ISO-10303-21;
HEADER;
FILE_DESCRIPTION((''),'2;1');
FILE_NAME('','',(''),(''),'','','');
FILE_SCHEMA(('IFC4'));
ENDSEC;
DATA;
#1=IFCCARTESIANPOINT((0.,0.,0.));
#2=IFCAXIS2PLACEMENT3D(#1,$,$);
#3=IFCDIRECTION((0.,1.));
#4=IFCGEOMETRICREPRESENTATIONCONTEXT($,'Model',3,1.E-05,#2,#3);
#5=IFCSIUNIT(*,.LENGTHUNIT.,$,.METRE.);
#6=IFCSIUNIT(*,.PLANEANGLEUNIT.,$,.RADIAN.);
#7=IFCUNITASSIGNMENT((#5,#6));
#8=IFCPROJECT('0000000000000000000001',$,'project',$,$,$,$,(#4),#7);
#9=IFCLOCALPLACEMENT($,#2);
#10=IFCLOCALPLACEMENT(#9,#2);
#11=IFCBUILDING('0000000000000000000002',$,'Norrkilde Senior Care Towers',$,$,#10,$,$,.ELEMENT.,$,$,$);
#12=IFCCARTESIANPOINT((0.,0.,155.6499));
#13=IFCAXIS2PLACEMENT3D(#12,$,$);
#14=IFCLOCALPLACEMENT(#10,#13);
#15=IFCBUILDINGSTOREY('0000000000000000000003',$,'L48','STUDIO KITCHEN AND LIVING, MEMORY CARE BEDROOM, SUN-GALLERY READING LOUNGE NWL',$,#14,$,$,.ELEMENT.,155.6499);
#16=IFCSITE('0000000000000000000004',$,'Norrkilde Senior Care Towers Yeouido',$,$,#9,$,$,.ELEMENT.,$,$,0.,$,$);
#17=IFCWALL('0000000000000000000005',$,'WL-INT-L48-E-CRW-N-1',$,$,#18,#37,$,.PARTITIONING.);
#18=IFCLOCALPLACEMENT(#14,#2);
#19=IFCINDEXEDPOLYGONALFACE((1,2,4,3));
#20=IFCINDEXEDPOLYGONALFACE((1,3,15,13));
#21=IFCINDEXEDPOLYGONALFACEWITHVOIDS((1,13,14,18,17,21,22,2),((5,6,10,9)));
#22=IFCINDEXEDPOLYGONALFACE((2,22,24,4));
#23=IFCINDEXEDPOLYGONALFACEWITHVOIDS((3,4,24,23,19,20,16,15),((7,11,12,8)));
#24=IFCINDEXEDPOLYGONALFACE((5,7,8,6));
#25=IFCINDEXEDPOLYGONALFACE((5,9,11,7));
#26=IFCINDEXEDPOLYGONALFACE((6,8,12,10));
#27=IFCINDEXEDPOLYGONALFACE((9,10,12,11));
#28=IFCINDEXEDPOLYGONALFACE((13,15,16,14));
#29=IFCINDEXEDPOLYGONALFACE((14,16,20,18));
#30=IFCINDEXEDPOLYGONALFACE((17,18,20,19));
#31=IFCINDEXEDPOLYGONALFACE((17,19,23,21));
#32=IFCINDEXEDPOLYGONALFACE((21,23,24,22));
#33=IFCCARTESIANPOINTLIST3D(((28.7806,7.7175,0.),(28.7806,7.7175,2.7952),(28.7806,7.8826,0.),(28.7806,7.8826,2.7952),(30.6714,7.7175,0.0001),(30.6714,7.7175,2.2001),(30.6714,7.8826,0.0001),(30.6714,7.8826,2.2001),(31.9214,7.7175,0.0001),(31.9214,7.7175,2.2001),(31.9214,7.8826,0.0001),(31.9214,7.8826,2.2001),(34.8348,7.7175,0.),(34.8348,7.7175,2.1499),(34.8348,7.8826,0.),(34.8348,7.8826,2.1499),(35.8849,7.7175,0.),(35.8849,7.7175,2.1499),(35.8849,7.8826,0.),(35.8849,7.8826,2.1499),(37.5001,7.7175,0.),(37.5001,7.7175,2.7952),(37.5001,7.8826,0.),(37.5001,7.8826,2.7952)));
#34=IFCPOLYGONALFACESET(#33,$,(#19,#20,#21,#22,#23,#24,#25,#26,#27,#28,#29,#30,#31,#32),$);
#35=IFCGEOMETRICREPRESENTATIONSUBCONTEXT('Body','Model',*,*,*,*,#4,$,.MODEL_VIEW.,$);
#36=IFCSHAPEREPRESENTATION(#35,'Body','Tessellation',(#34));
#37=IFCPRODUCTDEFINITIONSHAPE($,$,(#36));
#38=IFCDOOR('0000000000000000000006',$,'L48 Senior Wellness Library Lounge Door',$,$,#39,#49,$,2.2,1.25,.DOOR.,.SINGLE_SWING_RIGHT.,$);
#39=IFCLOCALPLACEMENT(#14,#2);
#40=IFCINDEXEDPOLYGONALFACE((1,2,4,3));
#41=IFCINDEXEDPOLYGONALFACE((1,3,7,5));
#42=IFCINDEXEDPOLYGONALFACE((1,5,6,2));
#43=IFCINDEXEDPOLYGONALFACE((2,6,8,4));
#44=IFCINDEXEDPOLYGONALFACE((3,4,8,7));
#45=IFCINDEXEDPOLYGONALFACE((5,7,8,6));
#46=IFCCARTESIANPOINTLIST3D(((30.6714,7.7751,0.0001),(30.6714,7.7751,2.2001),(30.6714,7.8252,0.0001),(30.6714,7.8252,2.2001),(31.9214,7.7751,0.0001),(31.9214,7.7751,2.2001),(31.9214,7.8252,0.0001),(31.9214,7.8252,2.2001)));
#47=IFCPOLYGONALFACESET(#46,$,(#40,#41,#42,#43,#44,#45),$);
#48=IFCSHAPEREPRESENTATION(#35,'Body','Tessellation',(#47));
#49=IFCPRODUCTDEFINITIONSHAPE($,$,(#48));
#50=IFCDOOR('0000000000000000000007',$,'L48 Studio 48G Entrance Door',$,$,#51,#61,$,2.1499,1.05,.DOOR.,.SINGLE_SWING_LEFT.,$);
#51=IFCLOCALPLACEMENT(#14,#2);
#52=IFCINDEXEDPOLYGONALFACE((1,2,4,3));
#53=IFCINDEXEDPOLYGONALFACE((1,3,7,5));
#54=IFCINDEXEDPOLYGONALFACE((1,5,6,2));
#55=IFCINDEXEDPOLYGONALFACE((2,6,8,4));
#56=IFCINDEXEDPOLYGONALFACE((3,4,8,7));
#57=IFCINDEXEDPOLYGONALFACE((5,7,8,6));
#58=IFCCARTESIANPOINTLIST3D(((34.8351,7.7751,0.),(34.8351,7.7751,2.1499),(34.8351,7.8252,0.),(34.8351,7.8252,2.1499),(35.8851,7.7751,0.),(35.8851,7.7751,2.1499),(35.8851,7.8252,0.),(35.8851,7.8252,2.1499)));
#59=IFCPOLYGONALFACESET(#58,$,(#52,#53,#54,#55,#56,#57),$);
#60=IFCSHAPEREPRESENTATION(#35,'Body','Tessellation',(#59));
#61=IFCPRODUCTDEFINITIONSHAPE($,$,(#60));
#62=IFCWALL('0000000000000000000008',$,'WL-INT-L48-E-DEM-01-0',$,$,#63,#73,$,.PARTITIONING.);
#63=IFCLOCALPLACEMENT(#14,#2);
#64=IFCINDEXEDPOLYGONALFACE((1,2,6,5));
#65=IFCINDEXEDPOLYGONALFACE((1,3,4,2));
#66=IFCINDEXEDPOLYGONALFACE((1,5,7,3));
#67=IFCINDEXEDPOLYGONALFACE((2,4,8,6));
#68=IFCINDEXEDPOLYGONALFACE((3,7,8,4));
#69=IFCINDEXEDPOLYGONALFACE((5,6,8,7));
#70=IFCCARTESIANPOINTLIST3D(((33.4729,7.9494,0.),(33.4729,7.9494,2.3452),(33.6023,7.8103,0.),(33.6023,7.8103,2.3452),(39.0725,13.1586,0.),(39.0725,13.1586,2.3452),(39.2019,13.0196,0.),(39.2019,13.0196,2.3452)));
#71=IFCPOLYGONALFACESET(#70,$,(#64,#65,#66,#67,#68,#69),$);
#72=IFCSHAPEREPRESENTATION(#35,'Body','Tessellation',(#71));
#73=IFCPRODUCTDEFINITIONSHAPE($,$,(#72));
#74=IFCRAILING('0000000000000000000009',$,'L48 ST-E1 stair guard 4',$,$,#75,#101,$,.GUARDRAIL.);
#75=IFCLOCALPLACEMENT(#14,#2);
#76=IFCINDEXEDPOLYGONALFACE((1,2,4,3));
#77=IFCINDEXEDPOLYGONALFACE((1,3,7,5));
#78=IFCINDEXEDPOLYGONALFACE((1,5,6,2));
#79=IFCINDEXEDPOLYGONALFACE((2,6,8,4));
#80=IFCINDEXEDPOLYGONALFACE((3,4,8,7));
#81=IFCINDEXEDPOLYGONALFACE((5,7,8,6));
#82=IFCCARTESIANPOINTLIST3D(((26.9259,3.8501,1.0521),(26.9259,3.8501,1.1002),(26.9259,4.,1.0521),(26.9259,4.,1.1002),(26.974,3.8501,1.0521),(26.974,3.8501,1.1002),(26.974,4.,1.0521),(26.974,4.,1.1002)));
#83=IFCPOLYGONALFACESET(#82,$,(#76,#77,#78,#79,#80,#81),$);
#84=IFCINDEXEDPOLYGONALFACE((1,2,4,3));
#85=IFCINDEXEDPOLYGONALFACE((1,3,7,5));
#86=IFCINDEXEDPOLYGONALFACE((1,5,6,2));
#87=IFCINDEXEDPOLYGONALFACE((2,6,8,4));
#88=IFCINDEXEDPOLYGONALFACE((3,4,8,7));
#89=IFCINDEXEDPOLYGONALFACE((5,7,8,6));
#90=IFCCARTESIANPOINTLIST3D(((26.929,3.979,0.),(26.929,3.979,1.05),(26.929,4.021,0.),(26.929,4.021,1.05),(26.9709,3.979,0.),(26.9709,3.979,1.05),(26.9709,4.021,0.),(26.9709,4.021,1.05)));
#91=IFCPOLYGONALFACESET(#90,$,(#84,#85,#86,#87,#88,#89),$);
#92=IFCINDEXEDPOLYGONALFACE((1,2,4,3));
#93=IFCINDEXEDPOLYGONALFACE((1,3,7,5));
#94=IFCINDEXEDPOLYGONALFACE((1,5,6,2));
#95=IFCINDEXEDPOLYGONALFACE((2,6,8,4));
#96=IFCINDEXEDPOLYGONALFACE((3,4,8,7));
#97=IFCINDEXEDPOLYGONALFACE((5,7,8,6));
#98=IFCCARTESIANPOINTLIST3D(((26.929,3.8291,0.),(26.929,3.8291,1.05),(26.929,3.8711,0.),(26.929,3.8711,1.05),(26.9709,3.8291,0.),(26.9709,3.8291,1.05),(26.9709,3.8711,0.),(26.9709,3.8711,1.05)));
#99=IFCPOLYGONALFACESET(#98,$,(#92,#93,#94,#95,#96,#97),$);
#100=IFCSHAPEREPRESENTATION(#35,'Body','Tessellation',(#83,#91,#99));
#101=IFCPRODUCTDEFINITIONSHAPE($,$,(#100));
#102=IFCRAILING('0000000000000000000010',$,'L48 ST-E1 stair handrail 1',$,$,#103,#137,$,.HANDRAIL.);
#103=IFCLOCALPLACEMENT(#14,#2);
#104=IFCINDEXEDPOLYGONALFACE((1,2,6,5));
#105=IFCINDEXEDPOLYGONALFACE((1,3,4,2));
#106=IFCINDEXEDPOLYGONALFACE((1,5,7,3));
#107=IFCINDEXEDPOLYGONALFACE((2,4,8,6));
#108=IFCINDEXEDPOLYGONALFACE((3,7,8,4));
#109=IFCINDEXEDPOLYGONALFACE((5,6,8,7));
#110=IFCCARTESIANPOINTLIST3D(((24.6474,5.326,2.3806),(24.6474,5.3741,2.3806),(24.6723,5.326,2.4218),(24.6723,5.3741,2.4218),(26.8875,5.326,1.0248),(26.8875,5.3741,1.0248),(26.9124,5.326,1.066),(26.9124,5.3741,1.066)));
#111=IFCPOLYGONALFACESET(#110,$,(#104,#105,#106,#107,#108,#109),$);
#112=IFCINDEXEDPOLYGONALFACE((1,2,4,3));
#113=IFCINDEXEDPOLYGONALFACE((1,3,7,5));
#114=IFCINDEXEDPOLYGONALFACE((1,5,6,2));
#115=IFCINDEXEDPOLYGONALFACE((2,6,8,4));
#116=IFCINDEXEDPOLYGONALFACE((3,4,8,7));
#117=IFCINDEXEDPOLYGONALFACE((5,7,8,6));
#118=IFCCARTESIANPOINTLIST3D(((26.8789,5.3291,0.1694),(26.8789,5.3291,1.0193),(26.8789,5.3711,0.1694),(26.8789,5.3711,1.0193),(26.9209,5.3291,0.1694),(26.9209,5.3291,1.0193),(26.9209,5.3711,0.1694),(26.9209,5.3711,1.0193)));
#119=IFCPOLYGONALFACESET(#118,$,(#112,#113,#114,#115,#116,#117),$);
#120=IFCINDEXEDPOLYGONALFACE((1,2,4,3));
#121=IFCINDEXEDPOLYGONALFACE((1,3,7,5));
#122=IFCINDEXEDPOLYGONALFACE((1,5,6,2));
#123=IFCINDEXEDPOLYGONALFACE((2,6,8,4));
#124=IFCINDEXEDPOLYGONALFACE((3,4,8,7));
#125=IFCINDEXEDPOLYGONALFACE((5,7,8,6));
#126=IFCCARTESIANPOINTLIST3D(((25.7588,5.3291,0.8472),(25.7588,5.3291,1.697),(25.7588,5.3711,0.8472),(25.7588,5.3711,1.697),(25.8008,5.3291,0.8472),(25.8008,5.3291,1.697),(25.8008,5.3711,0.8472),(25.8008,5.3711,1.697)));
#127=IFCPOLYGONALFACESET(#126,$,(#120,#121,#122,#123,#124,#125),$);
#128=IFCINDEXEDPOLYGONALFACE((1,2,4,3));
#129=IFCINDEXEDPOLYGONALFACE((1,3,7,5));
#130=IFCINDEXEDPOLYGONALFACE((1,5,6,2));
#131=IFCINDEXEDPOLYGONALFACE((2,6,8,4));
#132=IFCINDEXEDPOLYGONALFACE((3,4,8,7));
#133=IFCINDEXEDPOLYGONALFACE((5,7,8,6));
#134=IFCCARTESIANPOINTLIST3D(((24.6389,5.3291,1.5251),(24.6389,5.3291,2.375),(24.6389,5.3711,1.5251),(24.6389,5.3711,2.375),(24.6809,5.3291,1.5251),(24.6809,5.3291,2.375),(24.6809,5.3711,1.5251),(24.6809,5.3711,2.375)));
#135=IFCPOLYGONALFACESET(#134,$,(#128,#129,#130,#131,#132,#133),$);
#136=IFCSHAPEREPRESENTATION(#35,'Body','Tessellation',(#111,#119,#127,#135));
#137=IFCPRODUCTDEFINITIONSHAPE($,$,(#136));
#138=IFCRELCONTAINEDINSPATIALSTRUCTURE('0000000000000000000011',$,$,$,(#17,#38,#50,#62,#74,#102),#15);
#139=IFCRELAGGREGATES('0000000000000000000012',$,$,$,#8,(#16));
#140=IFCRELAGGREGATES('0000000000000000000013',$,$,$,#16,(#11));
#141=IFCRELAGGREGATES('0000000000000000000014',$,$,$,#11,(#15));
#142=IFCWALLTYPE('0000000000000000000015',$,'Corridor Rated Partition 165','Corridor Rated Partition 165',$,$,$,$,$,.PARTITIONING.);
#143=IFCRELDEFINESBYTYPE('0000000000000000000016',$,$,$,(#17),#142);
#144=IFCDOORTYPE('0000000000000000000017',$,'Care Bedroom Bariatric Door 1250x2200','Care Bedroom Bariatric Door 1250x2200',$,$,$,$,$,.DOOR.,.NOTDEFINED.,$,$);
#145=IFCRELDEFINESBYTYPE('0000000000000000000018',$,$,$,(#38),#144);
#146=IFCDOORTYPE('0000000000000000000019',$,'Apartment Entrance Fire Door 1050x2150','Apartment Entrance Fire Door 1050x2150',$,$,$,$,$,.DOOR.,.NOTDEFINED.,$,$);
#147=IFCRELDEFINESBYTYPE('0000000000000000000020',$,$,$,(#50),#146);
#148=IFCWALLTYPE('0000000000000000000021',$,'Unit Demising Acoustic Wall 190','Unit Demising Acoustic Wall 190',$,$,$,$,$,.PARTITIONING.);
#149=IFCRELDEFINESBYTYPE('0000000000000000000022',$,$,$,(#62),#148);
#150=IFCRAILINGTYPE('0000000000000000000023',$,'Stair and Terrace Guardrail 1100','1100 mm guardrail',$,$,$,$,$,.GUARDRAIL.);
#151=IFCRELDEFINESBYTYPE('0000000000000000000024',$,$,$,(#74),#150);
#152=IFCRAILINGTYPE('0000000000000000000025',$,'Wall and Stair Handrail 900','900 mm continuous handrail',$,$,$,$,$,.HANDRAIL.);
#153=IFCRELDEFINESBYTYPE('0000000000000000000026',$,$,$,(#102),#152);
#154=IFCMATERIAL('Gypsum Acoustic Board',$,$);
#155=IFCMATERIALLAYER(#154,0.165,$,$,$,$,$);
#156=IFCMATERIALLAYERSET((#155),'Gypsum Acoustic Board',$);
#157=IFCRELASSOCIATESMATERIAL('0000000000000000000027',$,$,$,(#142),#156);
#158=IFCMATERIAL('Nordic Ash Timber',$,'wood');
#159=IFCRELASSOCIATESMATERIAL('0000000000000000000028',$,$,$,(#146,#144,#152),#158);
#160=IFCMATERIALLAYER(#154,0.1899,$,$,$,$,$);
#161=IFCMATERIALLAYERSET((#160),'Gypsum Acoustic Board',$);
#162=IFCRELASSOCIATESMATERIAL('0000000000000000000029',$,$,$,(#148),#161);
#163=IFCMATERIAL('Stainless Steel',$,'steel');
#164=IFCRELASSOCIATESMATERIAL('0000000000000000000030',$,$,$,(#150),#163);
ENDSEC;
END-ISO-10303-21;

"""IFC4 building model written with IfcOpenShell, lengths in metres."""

from ifc_helpers import new_model, si_unit, direction, frame, frame_2d, origin, origin_2d, place, context, subcontext, project, spatial, rectangle, extrude, source, transform, mapped, material, layer, layer_set, type_object, type_shapes, element, fill, save


model = new_model("IFC4")

# Units and contexts
model_context = context("Model", 3, precision=1e-05, world=origin(), true_north=direction((0.0, 1.0)))
body_context = subcontext(model_context, "Body", "Model", "MODEL_VIEW")
ifc_project = project(units=[si_unit("LENGTHUNIT", "METRE"), si_unit("PLANEANGLEUNIT", "RADIAN")], contexts=[model_context])

# Site, building, storey
site_placement = place(None, origin())
site = spatial("IfcSite", under=ifc_project, at=site_placement, Name="Norrkilde Senior Care Towers Yeouido", CompositionType="ELEMENT", RefElevation=0.0)
building_placement = place(site_placement, origin())
building = spatial("IfcBuilding", under=site, at=building_placement, Name="Norrkilde Senior Care Towers", CompositionType="ELEMENT")
storey_placement = place(building_placement, frame((0.0, 0.0, 155.6499)))
storey = spatial("IfcBuildingStorey", under=building, at=storey_placement, Name="L48", Description="STUDIO KITCHEN AND LIVING, MEMORY CARE BEDROOM, SUN-GALLERY READING LOUNGE NWL", CompositionType="ELEMENT", Elevation=155.6499)

# Shared definitions
ifc_material_1 = material(Name="Stainless Steel", Category="steel")

# Shared definitions
ifc_material_2 = material(Name="Gypsum Acoustic Board")
ifc_layer_1 = layer(ifc_material_2, 0.165)
ifc_layer_set_1 = layer_set([ifc_layer_1], Name="Gypsum Acoustic Board")
wall_type_1 = type_object("IfcWallType", Name="Corridor Rated Partition 165", Description="Corridor Rated Partition 165", PredefinedType="PARTITIONING", material=ifc_layer_set_1)
ifc_material_3 = material(Name="Nordic Ash Timber", Category="wood")
door_type_1 = type_object("IfcDoorType", Name="Apartment Entrance Fire Door 1050x2150", Description="Apartment Entrance Fire Door 1050x2150", OperationType="NOTDEFINED", PredefinedType="DOOR", material=ifc_material_3)
shared_shape_1 = source(origin(), body_context, "Body", "SweptSolid", [
    extrude(rectangle(XDim=1.05, YDim=2.1499, at=frame_2d((0.5249, 1.075))), frame((0.0, 0.0249, 0.0), z_axis=(0.0, -1.0, 0.0), x_axis=(1.0, 0.0, 0.0)), (0.0, 0.0, 1.0), 0.05),
])
type_shapes(door_type_1, [shared_shape_1])

# Wall, openings, doors
shared_shape_2 = source(origin(), body_context, "Body", "SweptSolid", [
    extrude(rectangle(XDim=8.7195, YDim=0.165, at=frame_2d((4.3599, 0.0))), origin(), (0.0, 0.0, 1.0), 2.7952),
])
wall_1_placement = place(storey_placement, frame((28.7805, 7.8, 0.0), z_axis=(0.0, 0.0, 1.0), x_axis=(1.0, 0.0, 0.0)))
wall_1 = element("IfcWall", 1, at=wall_1_placement, inside=storey, type_object=wall_type_1, Name="WL-INT-L48-E-CRW-N-1", PredefinedType="PARTITIONING", context=body_context, shape_type="MappedRepresentation", body=[
    mapped(shared_shape_2, transform((0.0, 0.0, 0.0), x_axis=(1.0, 0.0, 0.0), y_axis=(0.0, 1.0, 0.0), z_axis=(0.0, 0.0, 1.0), scale=1.0)),
])
opening_1_placement = place(wall_1_placement, frame((6.0544, 0.0, 0.0)))
opening_1 = element("IfcOpeningElement", 2, at=opening_1_placement, cuts=wall_1, PredefinedType="OPENING", context=body_context, shape_type="SweptSolid", body=[
    extrude(rectangle(XDim=1.05, YDim=2.1499, at=frame_2d((0.5249, 1.075))), frame((0.0, 0.0925, 0.0), z_axis=(0.0, -1.0, 0.0), x_axis=(1.0, 0.0, 0.0)), (0.0, 0.0, 1.0), 0.1851),
])
opening_2_placement = place(wall_1_placement, frame((1.8909, 0.0, 0.0)))
opening_2 = element("IfcOpeningElement", 3, at=opening_2_placement, cuts=wall_1, PredefinedType="OPENING", context=body_context, shape_type="SweptSolid", body=[
    extrude(rectangle(XDim=1.25, YDim=2.2, at=frame_2d((0.625, 1.1001))), frame((0.0, 0.0925, 0.0), z_axis=(0.0, -1.0, 0.0), x_axis=(1.0, 0.0, 0.0)), (0.0, 0.0, 1.0), 0.1851),
])
door_type_2 = type_object("IfcDoorType", Name="Care Bedroom Bariatric Door 1250x2200", Description="Care Bedroom Bariatric Door 1250x2200", OperationType="NOTDEFINED", PredefinedType="DOOR", material=ifc_material_3)
shared_shape_3 = source(origin(), body_context, "Body", "SweptSolid", [
    extrude(rectangle(XDim=1.25, YDim=2.2, at=frame_2d((0.625, 1.1001))), frame((0.0, 0.0249, 0.0), z_axis=(0.0, -1.0, 0.0), x_axis=(1.0, 0.0, 0.0)), (0.0, 0.0, 1.0), 0.05),
])
type_shapes(door_type_2, [shared_shape_3])
door_1_placement = place(opening_2_placement, frame((1.25, 0.0, 0.0), z_axis=(0.0, 0.0, 1.0), x_axis=(-1.0, 0.0, 0.0)))
door_1 = element("IfcDoor", 4, at=door_1_placement, inside=storey, type_object=door_type_2, Name="L48 Senior Wellness Library Lounge Door", OperationType="SINGLE_SWING_RIGHT", OverallHeight=2.2, OverallWidth=1.25, PredefinedType="DOOR", context=body_context, shape_type="MappedRepresentation", body=[
    mapped(shared_shape_3, transform((0.0, 0.0, 0.0), x_axis=(1.0, 0.0, 0.0), y_axis=(0.0, 1.0, 0.0), z_axis=(0.0, 0.0, 1.0), scale=1.0)),
])
fill(opening_2, door_1)
door_2_placement = place(opening_1_placement, frame((1.05, 0.0, 0.0), z_axis=(0.0, 0.0, 1.0), x_axis=(-1.0, 0.0, 0.0)))
door_2 = element("IfcDoor", 5, at=door_2_placement, inside=storey, type_object=door_type_1, Name="L48 Studio 48G Entrance Door", OperationType="SINGLE_SWING_LEFT", OverallHeight=2.1499, OverallWidth=1.05, PredefinedType="DOOR", context=body_context, shape_type="MappedRepresentation", body=[
    mapped(shared_shape_1, transform((0.0, 0.0, 0.0), x_axis=(1.0, 0.0, 0.0), y_axis=(0.0, 1.0, 0.0), z_axis=(0.0, 0.0, 1.0), scale=1.0)),
])
fill(opening_1, door_2)

# Wall
ifc_layer_2 = layer(ifc_material_2, 0.1899)
ifc_layer_set_2 = layer_set([ifc_layer_2], Name="Gypsum Acoustic Board")
wall_type_2 = type_object("IfcWallType", Name="Unit Demising Acoustic Wall 190", Description="Unit Demising Acoustic Wall 190", PredefinedType="PARTITIONING", material=ifc_layer_set_2)
shared_shape_4 = source(origin(), body_context, "Body", "SweptSolid", [
    extrude(rectangle(XDim=7.6479, YDim=0.1899, at=frame_2d((3.824, 0.0))), origin(), (0.0, 0.0, 1.0), 2.3452),
])
type_shapes(wall_type_2, [shared_shape_4])
wall_2_placement = place(storey_placement, frame((33.5376, 7.8799, 0.0), z_axis=(0.0, 0.0, 1.0), x_axis=(0.732168, 0.681124, 0.0)))
element("IfcWall", 6, at=wall_2_placement, inside=storey, type_object=wall_type_2, Name="WL-INT-L48-E-DEM-01-0", PredefinedType="PARTITIONING", context=body_context, shape_type="MappedRepresentation", body=[
    mapped(shared_shape_4, transform((0.0, 0.0, 0.0), x_axis=(1.0, 0.0, 0.0), y_axis=(0.0, 1.0, 0.0), z_axis=(0.0, 0.0, 1.0), scale=1.0)),
])

# Railings
railing_type_1 = type_object("IfcRailingType", Name="Stair and Terrace Guardrail 1100", Description="1100 mm guardrail", PredefinedType="GUARDRAIL", material=ifc_material_1)
railing_1_placement = place(storey_placement, frame((26.95, 4.0, 0.0)))
element("IfcRailing", 7, at=railing_1_placement, inside=storey, type_object=railing_type_1, Name="L48 ST-E1 stair guard 4", PredefinedType="GUARDRAIL", context=body_context, shape_type="SweptSolid", body=[
    extrude(rectangle(XDim=0.0481, YDim=0.0481, at=origin_2d()), frame((0.0, 0.0, 1.0762), z_axis=(0.0, -1.0, 0.0), x_axis=(1.0, 0.0, 0.0)), (0.0, 0.0, 1.0), 0.1499),
    extrude(rectangle(XDim=0.042, YDim=0.042, at=origin_2d()), origin(), (0.0, 0.0, 1.0), 1.05),
    extrude(rectangle(XDim=0.042, YDim=0.042, at=origin_2d()), frame((0.0, -0.1499, 0.0)), (0.0, 0.0, 1.0), 1.05),
])
railing_type_2 = type_object("IfcRailingType", Name="Wall and Stair Handrail 900", Description="900 mm continuous handrail", PredefinedType="HANDRAIL", material=ifc_material_3)
railing_2_placement = place(storey_placement, frame((26.8999, 5.3501, 0.1694)))
element("IfcRailing", 8, at=railing_2_placement, inside=storey, type_object=railing_type_2, Name="L48 ST-E1 stair handrail 1", PredefinedType="HANDRAIL", context=body_context, shape_type="SweptSolid", body=[
    extrude(rectangle(XDim=0.0481, YDim=0.0481, at=origin_2d()), frame((0.0, 0.0, 0.876), z_axis=(-0.855512, 0.0, 0.517783), x_axis=(0.0, -1.0, 0.0)), (0.0, 0.0, 1.0), 2.6184),
    extrude(rectangle(XDim=0.042, YDim=0.042, at=origin_2d()), origin(), (0.0, 0.0, 1.0), 0.8499),
    extrude(rectangle(XDim=0.042, YDim=0.042, at=origin_2d()), frame((-1.1201, 0.0, 0.6777)), (0.0, 0.0, 1.0), 0.8499),
    extrude(rectangle(XDim=0.042, YDim=0.042, at=origin_2d()), frame((-2.24, 0.0, 1.3557)), (0.0, 0.0, 1.0), 0.8499),
])

save(model, "model.ifc")
